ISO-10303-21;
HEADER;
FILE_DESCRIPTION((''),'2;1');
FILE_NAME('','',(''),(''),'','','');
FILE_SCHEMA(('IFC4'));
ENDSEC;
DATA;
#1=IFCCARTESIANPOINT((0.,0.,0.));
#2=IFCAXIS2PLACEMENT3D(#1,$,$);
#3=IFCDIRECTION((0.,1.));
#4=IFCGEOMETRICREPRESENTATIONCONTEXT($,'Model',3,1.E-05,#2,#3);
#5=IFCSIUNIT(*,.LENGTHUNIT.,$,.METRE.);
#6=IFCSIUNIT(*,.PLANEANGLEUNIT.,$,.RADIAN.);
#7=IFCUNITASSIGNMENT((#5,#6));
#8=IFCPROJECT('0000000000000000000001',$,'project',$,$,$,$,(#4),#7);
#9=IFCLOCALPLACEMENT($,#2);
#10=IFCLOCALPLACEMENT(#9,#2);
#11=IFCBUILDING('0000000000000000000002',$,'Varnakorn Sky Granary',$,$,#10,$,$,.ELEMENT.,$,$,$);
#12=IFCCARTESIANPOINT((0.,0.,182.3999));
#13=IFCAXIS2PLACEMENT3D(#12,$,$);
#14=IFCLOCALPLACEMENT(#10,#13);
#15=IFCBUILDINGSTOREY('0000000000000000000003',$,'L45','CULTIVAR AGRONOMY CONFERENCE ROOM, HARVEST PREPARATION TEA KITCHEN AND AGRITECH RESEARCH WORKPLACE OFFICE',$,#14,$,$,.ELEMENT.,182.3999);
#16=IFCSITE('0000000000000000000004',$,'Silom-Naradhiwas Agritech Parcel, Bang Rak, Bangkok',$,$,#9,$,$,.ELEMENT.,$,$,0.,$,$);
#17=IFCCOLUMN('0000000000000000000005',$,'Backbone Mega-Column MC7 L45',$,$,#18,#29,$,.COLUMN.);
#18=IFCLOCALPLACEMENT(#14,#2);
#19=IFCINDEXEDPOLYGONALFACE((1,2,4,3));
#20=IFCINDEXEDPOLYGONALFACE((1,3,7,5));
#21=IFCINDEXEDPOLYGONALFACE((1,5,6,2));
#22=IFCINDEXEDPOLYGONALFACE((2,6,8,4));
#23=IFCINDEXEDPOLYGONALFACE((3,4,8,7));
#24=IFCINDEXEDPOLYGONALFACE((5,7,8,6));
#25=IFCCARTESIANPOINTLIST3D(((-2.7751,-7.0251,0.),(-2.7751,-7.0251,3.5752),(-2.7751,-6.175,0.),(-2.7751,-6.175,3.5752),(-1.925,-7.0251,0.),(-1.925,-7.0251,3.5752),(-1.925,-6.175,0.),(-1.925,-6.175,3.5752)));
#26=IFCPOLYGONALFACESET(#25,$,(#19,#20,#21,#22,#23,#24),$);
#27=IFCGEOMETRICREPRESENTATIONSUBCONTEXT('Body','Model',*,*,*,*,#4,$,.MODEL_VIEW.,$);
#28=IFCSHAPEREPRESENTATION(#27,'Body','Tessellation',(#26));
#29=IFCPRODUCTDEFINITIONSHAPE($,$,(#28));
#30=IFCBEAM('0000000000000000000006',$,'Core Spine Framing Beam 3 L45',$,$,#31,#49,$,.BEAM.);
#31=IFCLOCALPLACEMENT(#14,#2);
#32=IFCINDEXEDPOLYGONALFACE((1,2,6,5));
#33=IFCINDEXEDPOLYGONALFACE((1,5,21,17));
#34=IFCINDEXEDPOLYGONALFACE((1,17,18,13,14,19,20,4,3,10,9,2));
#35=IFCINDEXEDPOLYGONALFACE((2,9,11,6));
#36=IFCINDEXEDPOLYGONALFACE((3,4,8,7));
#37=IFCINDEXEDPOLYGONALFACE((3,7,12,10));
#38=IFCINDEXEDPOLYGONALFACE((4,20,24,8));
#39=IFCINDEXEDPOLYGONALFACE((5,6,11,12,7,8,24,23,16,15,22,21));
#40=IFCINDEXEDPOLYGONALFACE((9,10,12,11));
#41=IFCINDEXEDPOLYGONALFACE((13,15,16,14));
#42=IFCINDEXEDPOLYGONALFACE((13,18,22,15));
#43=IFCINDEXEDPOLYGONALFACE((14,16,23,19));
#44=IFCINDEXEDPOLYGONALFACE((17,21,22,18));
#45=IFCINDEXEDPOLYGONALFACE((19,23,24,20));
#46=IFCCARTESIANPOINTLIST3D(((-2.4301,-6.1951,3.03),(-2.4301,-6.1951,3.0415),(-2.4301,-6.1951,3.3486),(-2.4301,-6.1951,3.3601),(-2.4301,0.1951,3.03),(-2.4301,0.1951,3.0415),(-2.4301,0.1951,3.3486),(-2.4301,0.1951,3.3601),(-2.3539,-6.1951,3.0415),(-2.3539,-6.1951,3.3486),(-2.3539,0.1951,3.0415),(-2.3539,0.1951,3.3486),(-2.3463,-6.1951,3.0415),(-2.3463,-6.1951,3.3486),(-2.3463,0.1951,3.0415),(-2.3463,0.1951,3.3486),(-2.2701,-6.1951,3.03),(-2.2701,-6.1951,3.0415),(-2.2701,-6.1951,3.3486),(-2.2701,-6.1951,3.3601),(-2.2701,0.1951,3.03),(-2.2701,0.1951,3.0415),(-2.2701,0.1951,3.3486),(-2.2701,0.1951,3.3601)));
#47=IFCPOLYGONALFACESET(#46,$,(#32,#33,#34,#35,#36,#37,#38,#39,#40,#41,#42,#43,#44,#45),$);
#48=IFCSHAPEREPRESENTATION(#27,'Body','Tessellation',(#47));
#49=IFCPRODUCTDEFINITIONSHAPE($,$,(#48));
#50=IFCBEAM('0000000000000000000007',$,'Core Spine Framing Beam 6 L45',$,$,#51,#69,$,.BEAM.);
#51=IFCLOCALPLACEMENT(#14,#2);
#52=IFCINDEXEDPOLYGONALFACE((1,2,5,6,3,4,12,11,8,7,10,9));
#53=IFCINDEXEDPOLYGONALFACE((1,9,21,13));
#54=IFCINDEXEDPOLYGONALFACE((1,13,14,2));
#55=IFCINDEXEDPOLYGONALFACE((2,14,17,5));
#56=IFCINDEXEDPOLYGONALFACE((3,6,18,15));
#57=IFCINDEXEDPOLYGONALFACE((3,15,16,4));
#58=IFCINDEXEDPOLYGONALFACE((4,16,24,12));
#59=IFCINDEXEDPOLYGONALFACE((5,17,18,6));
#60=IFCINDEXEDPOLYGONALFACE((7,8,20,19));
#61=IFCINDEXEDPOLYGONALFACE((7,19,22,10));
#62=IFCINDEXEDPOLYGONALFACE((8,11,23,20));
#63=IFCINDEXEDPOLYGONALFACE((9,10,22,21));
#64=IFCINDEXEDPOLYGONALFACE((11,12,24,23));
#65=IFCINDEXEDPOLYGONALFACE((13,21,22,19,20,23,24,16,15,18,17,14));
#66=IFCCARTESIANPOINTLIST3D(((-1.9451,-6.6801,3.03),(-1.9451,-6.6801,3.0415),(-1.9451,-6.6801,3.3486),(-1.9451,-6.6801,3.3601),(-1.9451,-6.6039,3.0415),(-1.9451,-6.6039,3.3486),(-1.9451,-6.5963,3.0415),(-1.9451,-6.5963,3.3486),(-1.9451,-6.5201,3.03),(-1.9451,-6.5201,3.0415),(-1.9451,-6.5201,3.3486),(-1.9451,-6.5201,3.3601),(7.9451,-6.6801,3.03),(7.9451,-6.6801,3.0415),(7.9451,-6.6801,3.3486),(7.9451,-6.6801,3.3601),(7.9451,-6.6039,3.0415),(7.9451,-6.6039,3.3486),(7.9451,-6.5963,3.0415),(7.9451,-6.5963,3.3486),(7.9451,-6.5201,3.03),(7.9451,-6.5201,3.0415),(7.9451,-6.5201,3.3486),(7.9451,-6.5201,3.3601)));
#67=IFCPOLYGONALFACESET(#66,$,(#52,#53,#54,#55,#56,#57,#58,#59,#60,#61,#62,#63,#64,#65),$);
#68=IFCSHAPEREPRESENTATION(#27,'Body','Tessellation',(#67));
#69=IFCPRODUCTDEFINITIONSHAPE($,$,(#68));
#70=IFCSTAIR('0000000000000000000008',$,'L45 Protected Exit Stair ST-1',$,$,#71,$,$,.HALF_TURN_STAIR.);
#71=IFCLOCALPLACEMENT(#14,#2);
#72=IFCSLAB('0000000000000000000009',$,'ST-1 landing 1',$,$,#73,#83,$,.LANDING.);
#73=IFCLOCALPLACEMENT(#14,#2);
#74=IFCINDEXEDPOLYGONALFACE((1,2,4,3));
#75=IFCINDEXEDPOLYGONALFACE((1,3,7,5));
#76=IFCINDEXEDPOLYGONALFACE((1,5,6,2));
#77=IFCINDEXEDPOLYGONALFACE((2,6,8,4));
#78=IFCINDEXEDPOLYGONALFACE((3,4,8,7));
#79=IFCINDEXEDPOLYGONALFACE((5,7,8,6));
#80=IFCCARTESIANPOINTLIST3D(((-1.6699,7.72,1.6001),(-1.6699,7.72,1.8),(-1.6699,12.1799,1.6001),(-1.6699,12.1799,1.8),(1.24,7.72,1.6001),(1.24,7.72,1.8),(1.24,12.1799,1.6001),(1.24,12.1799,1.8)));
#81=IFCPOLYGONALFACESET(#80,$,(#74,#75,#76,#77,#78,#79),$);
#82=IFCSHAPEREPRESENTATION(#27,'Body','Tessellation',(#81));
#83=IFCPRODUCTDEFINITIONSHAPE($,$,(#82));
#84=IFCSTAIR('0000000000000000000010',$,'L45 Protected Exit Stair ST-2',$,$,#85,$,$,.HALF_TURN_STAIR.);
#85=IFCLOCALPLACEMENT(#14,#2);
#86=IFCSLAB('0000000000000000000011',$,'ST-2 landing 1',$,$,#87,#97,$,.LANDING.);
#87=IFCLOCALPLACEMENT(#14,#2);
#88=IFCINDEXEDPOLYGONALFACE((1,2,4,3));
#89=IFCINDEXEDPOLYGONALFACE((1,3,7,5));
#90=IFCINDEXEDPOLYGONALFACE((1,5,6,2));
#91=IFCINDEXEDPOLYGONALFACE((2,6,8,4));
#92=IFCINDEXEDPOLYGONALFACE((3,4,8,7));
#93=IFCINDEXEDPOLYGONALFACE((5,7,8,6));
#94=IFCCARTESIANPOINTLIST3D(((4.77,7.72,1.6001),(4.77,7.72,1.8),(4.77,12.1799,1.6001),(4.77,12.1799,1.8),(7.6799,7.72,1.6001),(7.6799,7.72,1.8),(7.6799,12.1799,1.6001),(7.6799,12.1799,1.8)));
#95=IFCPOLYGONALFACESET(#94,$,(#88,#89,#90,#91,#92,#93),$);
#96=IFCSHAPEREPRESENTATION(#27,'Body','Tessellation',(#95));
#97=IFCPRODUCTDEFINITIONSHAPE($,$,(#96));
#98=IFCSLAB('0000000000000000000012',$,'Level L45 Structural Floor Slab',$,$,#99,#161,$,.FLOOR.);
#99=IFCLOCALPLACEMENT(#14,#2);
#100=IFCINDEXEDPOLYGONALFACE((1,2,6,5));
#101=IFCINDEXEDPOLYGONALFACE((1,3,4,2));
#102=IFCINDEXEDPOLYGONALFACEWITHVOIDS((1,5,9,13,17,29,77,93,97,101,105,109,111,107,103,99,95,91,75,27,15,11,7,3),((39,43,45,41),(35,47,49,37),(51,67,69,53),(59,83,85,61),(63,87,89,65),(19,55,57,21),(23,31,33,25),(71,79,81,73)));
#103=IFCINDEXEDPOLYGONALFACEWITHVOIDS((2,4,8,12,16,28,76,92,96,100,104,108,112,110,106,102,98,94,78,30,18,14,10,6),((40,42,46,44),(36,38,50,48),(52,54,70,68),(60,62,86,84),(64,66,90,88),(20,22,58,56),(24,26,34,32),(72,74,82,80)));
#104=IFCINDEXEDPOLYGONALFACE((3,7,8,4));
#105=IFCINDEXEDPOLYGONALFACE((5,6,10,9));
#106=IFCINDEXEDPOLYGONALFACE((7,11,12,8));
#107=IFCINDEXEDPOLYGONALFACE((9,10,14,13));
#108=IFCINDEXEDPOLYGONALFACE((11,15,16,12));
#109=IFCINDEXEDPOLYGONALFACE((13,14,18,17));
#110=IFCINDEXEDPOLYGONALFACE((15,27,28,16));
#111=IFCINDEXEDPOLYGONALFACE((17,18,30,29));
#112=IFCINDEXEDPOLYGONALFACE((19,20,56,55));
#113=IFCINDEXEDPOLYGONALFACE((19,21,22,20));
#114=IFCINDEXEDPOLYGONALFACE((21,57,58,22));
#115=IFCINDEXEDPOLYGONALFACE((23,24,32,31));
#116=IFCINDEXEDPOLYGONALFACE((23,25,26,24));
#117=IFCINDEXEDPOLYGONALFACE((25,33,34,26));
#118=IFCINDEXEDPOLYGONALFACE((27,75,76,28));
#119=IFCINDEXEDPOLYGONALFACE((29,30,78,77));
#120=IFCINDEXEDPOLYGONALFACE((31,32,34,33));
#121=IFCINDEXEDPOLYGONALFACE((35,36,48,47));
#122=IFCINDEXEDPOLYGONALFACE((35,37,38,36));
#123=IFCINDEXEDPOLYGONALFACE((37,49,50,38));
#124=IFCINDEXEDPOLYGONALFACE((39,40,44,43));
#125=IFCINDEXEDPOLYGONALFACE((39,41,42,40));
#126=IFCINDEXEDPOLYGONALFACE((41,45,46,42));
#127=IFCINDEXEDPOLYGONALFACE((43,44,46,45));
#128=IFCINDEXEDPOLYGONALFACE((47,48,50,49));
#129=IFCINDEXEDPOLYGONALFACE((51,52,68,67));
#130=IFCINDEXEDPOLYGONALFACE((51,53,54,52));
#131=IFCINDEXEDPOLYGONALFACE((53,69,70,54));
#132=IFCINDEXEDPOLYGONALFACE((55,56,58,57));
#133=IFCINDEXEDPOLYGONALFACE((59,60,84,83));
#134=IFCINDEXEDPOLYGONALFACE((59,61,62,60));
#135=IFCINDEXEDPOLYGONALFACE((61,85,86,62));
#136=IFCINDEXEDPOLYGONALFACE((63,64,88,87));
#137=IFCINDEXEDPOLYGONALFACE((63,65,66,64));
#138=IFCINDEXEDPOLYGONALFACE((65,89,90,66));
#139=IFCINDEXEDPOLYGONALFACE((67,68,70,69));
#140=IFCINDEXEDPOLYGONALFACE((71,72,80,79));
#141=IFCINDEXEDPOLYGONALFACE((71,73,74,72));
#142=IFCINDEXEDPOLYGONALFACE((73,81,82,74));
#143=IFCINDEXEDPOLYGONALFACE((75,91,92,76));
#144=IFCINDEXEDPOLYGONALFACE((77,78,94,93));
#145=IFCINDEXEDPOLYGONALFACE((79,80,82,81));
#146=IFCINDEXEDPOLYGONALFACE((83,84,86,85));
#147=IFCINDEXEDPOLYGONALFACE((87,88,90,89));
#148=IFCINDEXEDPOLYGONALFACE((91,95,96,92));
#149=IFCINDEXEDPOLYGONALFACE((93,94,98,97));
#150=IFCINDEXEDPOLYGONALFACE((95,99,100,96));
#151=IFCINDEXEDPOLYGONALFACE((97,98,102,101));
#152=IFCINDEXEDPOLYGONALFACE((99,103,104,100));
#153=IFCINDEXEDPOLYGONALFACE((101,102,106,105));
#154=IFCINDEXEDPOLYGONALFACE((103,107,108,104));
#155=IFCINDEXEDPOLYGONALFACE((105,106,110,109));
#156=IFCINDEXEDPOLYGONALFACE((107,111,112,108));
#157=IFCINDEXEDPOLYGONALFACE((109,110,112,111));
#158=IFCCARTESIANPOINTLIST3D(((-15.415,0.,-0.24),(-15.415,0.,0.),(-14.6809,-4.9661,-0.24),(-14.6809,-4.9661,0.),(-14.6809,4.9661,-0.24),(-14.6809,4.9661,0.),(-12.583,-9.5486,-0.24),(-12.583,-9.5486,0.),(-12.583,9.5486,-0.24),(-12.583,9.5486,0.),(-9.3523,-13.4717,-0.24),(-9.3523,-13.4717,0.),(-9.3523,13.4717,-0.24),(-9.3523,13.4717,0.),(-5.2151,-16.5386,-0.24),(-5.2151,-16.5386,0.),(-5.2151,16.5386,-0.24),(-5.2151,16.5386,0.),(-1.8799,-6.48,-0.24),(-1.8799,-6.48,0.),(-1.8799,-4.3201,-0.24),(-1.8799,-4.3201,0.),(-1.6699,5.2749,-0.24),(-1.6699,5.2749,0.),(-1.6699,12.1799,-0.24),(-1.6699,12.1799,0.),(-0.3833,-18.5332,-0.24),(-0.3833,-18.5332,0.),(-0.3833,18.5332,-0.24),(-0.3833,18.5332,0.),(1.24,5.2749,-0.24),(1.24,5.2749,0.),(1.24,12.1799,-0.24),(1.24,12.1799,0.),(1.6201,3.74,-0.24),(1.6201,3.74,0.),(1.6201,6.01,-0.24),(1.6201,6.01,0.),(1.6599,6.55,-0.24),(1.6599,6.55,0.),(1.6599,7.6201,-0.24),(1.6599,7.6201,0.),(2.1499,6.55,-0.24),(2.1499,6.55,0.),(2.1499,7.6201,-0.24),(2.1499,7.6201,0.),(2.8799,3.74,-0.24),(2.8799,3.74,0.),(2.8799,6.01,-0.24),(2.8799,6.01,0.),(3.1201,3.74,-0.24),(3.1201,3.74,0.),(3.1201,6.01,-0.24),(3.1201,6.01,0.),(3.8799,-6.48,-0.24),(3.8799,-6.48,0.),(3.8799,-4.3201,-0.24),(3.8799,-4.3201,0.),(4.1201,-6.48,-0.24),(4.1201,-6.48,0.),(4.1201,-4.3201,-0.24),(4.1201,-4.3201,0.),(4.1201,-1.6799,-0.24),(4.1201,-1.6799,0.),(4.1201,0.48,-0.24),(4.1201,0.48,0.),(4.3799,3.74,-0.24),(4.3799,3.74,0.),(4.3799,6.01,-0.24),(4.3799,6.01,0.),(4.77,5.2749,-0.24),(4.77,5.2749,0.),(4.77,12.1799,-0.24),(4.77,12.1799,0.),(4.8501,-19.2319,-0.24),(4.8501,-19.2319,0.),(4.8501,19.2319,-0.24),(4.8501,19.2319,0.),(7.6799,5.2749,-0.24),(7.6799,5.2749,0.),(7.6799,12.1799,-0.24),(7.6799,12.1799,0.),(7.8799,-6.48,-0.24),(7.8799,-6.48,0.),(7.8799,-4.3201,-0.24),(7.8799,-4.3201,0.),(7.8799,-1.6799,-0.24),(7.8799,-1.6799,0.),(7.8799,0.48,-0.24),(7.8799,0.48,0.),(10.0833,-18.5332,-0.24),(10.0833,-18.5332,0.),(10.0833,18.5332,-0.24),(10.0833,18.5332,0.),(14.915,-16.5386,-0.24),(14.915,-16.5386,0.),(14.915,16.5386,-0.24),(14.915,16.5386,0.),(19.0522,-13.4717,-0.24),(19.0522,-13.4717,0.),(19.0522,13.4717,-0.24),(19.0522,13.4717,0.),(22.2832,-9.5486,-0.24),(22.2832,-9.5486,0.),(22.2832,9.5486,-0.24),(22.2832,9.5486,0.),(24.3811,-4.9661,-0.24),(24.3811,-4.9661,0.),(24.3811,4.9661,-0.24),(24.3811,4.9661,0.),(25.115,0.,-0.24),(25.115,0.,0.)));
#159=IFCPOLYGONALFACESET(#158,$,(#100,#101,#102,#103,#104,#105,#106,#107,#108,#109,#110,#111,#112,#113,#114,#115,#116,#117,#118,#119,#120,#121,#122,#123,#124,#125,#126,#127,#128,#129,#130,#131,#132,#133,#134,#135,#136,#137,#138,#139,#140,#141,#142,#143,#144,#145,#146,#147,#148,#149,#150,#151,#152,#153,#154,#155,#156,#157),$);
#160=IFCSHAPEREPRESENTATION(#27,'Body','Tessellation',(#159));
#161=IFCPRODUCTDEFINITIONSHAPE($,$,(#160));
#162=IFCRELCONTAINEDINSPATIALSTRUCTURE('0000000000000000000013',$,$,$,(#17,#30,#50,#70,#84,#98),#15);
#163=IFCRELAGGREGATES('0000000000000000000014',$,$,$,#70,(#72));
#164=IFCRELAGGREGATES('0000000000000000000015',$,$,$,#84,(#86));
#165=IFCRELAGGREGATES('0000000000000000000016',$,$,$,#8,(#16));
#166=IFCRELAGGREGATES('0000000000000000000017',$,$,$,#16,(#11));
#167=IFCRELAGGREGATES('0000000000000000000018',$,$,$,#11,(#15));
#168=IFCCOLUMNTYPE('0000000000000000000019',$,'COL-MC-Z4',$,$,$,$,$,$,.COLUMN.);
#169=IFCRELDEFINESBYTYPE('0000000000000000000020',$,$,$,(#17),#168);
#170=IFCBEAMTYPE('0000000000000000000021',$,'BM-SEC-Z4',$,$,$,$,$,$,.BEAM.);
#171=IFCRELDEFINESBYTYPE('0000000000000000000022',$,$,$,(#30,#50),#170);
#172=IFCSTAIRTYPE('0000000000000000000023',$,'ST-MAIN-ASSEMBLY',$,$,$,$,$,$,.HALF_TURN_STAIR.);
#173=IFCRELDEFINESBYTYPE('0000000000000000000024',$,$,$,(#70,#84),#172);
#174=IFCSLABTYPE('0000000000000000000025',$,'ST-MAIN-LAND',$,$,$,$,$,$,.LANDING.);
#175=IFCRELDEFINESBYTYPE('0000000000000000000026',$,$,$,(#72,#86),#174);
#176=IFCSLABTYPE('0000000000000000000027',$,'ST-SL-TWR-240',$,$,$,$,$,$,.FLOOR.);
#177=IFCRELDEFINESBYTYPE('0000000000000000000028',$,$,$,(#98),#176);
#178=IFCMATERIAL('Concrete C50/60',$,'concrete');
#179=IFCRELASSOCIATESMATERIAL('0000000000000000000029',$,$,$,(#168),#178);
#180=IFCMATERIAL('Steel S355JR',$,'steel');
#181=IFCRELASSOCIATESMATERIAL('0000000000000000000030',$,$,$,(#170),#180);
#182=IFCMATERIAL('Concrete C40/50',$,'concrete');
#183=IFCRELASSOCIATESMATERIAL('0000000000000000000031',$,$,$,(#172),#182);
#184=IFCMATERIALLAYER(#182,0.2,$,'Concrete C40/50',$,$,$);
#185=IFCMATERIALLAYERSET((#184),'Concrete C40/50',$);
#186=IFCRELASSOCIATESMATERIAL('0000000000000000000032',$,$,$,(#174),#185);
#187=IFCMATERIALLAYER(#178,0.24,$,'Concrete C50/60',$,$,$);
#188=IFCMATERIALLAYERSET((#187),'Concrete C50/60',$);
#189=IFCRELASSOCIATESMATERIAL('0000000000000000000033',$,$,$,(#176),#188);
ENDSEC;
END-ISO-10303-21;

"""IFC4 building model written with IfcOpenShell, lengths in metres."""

from ifc_helpers import new_model, si_unit, direction, frame, origin, origin_2d, place, context, subcontext, project, spatial, polyline, rectangle, i_section, outline, extrude, material, layer, layer_set, material_profile, profile_set, type_object, element, aggregate, save


model = new_model("IFC4")

# Units and contexts
model_context = context("Model", 3, precision=1e-05, world=origin(), true_north=direction((0.0, 1.0)))
body_context = subcontext(model_context, "Body", "Model", "MODEL_VIEW")
ifc_project = project(units=[si_unit("LENGTHUNIT", "METRE"), si_unit("PLANEANGLEUNIT", "RADIAN")], contexts=[model_context])

# Site, building, storey
site_placement = place(None, origin())
site = spatial("IfcSite", under=ifc_project, at=site_placement, Name="Silom-Naradhiwas Agritech Parcel, Bang Rak, Bangkok", CompositionType="ELEMENT", RefElevation=0.0)
building_placement = place(site_placement, origin())
building = spatial("IfcBuilding", under=site, at=building_placement, Name="Varnakorn Sky Granary", CompositionType="ELEMENT")
storey_placement = place(building_placement, frame((0.0, 0.0, 182.3999)))
storey = spatial("IfcBuildingStorey", under=building, at=storey_placement, Name="L45", Description="CULTIVAR AGRONOMY CONFERENCE ROOM, HARVEST PREPARATION TEA KITCHEN AND AGRITECH RESEARCH WORKPLACE OFFICE", CompositionType="ELEMENT", Elevation=182.3999)

# Column
ifc_material_1 = material(Name="Concrete C50/60", Category="concrete")
ifc_material_profile_1 = material_profile(ifc_material_1, rectangle(XDim=0.8501, YDim=0.8501, at=origin_2d()), Name="RC 850x850")
ifc_profile_set_1 = profile_set([ifc_material_profile_1], Name="Concrete C50/60")
column_type = type_object("IfcColumnType", Name="COL-MC-Z4", PredefinedType="COLUMN", material=ifc_profile_set_1)
column_placement = place(storey_placement, frame((-2.3501, -6.6001, 0.0), z_axis=(0.0, 0.0, 1.0), x_axis=(1.0, 0.0, 0.0)))
element("IfcColumn", 1, at=column_placement, inside=storey, type_object=column_type, Name="Backbone Mega-Column MC7 L45", PredefinedType="COLUMN", context=body_context, shape_type="SweptSolid", body=[
    extrude(rectangle(XDim=0.8501, YDim=0.8501, at=origin_2d()), origin(), (0.0, 0.0, 1.0), 3.5752),
])

# Beams
ifc_material_2 = material(Name="Steel S355JR", Category="steel")
ifc_material_profile_2 = material_profile(ifc_material_2, i_section(OverallWidth=0.1599, OverallDepth=0.3301, WebThickness=0.0076, FlangeThickness=0.0115, at=origin_2d()), Name="IPE 330")
ifc_profile_set_2 = profile_set([ifc_material_profile_2], Name="Steel S355JR")
beam_type = type_object("IfcBeamType", Name="BM-SEC-Z4", PredefinedType="BEAM", material=ifc_profile_set_2)
beam_1_placement = place(storey_placement, frame((-2.3501, 0.1951, 3.1951), z_axis=(0.0, -1.0, 0.0), x_axis=(1.0, 0.0, 0.0)))
element("IfcBeam", 2, at=beam_1_placement, inside=storey, type_object=beam_type, Name="Core Spine Framing Beam 3 L45", PredefinedType="BEAM", context=body_context, shape_type="SweptSolid", body=[
    extrude(i_section(OverallWidth=0.1599, OverallDepth=0.3301, WebThickness=0.0076, FlangeThickness=0.0115, at=origin_2d()), origin(), (0.0, 0.0, 1.0), 6.3901),
])
beam_2_placement = place(storey_placement, frame((-1.9451, -6.6001, 3.1951), z_axis=(1.0, 0.0, 0.0), x_axis=(0.0, 1.0, 0.0)))
element("IfcBeam", 3, at=beam_2_placement, inside=storey, type_object=beam_type, Name="Core Spine Framing Beam 6 L45", PredefinedType="BEAM", context=body_context, shape_type="SweptSolid", body=[
    extrude(i_section(OverallWidth=0.1599, OverallDepth=0.3301, WebThickness=0.0076, FlangeThickness=0.0115, at=origin_2d()), origin(), (0.0, 0.0, 1.0), 9.8901),
])

# Stairs, slabs
ifc_material_3 = material(Name="Concrete C40/50", Category="concrete")
stair_type = type_object("IfcStairType", Name="ST-MAIN-ASSEMBLY", PredefinedType="HALF_TURN_STAIR", material=ifc_material_3)
stair_1_placement = place(storey_placement, origin())
stair_1 = element("IfcStair", 4, at=stair_1_placement, inside=storey, type_object=stair_type, Name="L45 Protected Exit Stair ST-1", PredefinedType="HALF_TURN_STAIR")
ifc_layer_1 = layer(ifc_material_3, 0.2, Name="Concrete C40/50")
ifc_layer_set_1 = layer_set([ifc_layer_1], Name="Concrete C40/50")
slab_type_1 = type_object("IfcSlabType", Name="ST-MAIN-LAND", PredefinedType="LANDING", material=ifc_layer_set_1)
slab_1_placement = place(storey_placement, frame((0.0, 0.0, 1.6001)))
slab_1 = element("IfcSlab", 5, at=slab_1_placement, type_object=slab_type_1, Name="ST-1 landing 1", PredefinedType="LANDING", context=body_context, shape_type="SweptSolid", body=[
    extrude(outline(polyline([(1.24, 7.72), (1.24, 12.1799), (-1.6699, 12.1799), (-1.6699, 7.72), (1.24, 7.72)])), origin(), (0.0, 0.0, 1.0), 0.2),
])
aggregate(stair_1, [slab_1])
stair_2_placement = place(storey_placement, origin())
stair_2 = element("IfcStair", 6, at=stair_2_placement, inside=storey, type_object=stair_type, Name="L45 Protected Exit Stair ST-2", PredefinedType="HALF_TURN_STAIR")
slab_2_placement = place(storey_placement, frame((0.0, 0.0, 1.6001)))
slab_2 = element("IfcSlab", 7, at=slab_2_placement, type_object=slab_type_1, Name="ST-2 landing 1", PredefinedType="LANDING", context=body_context, shape_type="SweptSolid", body=[
    extrude(outline(polyline([(7.6799, 7.72), (7.6799, 12.1799), (4.77, 12.1799), (4.77, 7.72), (7.6799, 7.72)])), origin(), (0.0, 0.0, 1.0), 0.2),
])
aggregate(stair_2, [slab_2])

# Slab
ifc_layer_2 = layer(ifc_material_1, 0.24, Name="Concrete C50/60")
ifc_layer_set_2 = layer_set([ifc_layer_2], Name="Concrete C50/60")
slab_type_2 = type_object("IfcSlabType", Name="ST-SL-TWR-240", PredefinedType="FLOOR", material=ifc_layer_set_2)
slab_3_placement = place(storey_placement, frame((0.0, 0.0, -0.24)))
element("IfcSlab", 8, at=slab_3_placement, inside=storey, type_object=slab_type_2, Name="Level L45 Structural Floor Slab", PredefinedType="FLOOR", context=body_context, shape_type="SweptSolid", body=[
    extrude(outline(polyline([(25.115, 0.0), (24.3811, 4.9661), (22.2832, 9.5486), (19.0522, 13.4717), (14.915, 16.5386), (10.0833, 18.5332), (4.8501, 19.2319), (-0.3833, 18.5332), (-5.2151, 16.5386), (-9.3523, 13.4717), (-12.583, 9.5486), (-14.6809, 4.9661), (-15.415, 0.0), (-14.6809, -4.9661), (-12.583, -9.5486), (-9.3523, -13.4717), (-5.2151, -16.5386), (-0.3833, -18.5332), (4.8501, -19.2319), (10.0833, -18.5332), (14.915, -16.5386), (19.0522, -13.4717), (22.2832, -9.5486), (24.3811, -4.9661), (25.115, 0.0)]), holes=[polyline([(1.24, 5.2749), (1.24, 12.1799), (-1.6699, 12.1799), (-1.6699, 5.2749), (1.24, 5.2749)]), polyline([(7.6799, 5.2749), (7.6799, 12.1799), (4.77, 12.1799), (4.77, 5.2749), (7.6799, 5.2749)]), polyline([(1.6599, 6.55), (2.1499, 6.55), (2.1499, 7.6201), (1.6599, 7.6201), (1.6599, 6.55)]), polyline([(1.6201, 3.74), (2.8799, 3.74), (2.8799, 6.01), (1.6201, 6.01), (1.6201, 3.74)]), polyline([(3.1201, 3.74), (4.3799, 3.74), (4.3799, 6.01), (3.1201, 6.01), (3.1201, 3.74)]), polyline([(4.1201, -1.6799), (7.8799, -1.6799), (7.8799, 0.48), (4.1201, 0.48), (4.1201, -1.6799)]), polyline([(-1.8799, -6.48), (3.8799, -6.48), (3.8799, -4.3201), (-1.8799, -4.3201), (-1.8799, -6.48)]), polyline([(4.1201, -6.48), (7.8799, -6.48), (7.8799, -4.3201), (4.1201, -4.3201), (4.1201, -6.48)])]), origin(), (0.0, 0.0, 1.0), 0.24),
])

save(model, "model.ifc")
